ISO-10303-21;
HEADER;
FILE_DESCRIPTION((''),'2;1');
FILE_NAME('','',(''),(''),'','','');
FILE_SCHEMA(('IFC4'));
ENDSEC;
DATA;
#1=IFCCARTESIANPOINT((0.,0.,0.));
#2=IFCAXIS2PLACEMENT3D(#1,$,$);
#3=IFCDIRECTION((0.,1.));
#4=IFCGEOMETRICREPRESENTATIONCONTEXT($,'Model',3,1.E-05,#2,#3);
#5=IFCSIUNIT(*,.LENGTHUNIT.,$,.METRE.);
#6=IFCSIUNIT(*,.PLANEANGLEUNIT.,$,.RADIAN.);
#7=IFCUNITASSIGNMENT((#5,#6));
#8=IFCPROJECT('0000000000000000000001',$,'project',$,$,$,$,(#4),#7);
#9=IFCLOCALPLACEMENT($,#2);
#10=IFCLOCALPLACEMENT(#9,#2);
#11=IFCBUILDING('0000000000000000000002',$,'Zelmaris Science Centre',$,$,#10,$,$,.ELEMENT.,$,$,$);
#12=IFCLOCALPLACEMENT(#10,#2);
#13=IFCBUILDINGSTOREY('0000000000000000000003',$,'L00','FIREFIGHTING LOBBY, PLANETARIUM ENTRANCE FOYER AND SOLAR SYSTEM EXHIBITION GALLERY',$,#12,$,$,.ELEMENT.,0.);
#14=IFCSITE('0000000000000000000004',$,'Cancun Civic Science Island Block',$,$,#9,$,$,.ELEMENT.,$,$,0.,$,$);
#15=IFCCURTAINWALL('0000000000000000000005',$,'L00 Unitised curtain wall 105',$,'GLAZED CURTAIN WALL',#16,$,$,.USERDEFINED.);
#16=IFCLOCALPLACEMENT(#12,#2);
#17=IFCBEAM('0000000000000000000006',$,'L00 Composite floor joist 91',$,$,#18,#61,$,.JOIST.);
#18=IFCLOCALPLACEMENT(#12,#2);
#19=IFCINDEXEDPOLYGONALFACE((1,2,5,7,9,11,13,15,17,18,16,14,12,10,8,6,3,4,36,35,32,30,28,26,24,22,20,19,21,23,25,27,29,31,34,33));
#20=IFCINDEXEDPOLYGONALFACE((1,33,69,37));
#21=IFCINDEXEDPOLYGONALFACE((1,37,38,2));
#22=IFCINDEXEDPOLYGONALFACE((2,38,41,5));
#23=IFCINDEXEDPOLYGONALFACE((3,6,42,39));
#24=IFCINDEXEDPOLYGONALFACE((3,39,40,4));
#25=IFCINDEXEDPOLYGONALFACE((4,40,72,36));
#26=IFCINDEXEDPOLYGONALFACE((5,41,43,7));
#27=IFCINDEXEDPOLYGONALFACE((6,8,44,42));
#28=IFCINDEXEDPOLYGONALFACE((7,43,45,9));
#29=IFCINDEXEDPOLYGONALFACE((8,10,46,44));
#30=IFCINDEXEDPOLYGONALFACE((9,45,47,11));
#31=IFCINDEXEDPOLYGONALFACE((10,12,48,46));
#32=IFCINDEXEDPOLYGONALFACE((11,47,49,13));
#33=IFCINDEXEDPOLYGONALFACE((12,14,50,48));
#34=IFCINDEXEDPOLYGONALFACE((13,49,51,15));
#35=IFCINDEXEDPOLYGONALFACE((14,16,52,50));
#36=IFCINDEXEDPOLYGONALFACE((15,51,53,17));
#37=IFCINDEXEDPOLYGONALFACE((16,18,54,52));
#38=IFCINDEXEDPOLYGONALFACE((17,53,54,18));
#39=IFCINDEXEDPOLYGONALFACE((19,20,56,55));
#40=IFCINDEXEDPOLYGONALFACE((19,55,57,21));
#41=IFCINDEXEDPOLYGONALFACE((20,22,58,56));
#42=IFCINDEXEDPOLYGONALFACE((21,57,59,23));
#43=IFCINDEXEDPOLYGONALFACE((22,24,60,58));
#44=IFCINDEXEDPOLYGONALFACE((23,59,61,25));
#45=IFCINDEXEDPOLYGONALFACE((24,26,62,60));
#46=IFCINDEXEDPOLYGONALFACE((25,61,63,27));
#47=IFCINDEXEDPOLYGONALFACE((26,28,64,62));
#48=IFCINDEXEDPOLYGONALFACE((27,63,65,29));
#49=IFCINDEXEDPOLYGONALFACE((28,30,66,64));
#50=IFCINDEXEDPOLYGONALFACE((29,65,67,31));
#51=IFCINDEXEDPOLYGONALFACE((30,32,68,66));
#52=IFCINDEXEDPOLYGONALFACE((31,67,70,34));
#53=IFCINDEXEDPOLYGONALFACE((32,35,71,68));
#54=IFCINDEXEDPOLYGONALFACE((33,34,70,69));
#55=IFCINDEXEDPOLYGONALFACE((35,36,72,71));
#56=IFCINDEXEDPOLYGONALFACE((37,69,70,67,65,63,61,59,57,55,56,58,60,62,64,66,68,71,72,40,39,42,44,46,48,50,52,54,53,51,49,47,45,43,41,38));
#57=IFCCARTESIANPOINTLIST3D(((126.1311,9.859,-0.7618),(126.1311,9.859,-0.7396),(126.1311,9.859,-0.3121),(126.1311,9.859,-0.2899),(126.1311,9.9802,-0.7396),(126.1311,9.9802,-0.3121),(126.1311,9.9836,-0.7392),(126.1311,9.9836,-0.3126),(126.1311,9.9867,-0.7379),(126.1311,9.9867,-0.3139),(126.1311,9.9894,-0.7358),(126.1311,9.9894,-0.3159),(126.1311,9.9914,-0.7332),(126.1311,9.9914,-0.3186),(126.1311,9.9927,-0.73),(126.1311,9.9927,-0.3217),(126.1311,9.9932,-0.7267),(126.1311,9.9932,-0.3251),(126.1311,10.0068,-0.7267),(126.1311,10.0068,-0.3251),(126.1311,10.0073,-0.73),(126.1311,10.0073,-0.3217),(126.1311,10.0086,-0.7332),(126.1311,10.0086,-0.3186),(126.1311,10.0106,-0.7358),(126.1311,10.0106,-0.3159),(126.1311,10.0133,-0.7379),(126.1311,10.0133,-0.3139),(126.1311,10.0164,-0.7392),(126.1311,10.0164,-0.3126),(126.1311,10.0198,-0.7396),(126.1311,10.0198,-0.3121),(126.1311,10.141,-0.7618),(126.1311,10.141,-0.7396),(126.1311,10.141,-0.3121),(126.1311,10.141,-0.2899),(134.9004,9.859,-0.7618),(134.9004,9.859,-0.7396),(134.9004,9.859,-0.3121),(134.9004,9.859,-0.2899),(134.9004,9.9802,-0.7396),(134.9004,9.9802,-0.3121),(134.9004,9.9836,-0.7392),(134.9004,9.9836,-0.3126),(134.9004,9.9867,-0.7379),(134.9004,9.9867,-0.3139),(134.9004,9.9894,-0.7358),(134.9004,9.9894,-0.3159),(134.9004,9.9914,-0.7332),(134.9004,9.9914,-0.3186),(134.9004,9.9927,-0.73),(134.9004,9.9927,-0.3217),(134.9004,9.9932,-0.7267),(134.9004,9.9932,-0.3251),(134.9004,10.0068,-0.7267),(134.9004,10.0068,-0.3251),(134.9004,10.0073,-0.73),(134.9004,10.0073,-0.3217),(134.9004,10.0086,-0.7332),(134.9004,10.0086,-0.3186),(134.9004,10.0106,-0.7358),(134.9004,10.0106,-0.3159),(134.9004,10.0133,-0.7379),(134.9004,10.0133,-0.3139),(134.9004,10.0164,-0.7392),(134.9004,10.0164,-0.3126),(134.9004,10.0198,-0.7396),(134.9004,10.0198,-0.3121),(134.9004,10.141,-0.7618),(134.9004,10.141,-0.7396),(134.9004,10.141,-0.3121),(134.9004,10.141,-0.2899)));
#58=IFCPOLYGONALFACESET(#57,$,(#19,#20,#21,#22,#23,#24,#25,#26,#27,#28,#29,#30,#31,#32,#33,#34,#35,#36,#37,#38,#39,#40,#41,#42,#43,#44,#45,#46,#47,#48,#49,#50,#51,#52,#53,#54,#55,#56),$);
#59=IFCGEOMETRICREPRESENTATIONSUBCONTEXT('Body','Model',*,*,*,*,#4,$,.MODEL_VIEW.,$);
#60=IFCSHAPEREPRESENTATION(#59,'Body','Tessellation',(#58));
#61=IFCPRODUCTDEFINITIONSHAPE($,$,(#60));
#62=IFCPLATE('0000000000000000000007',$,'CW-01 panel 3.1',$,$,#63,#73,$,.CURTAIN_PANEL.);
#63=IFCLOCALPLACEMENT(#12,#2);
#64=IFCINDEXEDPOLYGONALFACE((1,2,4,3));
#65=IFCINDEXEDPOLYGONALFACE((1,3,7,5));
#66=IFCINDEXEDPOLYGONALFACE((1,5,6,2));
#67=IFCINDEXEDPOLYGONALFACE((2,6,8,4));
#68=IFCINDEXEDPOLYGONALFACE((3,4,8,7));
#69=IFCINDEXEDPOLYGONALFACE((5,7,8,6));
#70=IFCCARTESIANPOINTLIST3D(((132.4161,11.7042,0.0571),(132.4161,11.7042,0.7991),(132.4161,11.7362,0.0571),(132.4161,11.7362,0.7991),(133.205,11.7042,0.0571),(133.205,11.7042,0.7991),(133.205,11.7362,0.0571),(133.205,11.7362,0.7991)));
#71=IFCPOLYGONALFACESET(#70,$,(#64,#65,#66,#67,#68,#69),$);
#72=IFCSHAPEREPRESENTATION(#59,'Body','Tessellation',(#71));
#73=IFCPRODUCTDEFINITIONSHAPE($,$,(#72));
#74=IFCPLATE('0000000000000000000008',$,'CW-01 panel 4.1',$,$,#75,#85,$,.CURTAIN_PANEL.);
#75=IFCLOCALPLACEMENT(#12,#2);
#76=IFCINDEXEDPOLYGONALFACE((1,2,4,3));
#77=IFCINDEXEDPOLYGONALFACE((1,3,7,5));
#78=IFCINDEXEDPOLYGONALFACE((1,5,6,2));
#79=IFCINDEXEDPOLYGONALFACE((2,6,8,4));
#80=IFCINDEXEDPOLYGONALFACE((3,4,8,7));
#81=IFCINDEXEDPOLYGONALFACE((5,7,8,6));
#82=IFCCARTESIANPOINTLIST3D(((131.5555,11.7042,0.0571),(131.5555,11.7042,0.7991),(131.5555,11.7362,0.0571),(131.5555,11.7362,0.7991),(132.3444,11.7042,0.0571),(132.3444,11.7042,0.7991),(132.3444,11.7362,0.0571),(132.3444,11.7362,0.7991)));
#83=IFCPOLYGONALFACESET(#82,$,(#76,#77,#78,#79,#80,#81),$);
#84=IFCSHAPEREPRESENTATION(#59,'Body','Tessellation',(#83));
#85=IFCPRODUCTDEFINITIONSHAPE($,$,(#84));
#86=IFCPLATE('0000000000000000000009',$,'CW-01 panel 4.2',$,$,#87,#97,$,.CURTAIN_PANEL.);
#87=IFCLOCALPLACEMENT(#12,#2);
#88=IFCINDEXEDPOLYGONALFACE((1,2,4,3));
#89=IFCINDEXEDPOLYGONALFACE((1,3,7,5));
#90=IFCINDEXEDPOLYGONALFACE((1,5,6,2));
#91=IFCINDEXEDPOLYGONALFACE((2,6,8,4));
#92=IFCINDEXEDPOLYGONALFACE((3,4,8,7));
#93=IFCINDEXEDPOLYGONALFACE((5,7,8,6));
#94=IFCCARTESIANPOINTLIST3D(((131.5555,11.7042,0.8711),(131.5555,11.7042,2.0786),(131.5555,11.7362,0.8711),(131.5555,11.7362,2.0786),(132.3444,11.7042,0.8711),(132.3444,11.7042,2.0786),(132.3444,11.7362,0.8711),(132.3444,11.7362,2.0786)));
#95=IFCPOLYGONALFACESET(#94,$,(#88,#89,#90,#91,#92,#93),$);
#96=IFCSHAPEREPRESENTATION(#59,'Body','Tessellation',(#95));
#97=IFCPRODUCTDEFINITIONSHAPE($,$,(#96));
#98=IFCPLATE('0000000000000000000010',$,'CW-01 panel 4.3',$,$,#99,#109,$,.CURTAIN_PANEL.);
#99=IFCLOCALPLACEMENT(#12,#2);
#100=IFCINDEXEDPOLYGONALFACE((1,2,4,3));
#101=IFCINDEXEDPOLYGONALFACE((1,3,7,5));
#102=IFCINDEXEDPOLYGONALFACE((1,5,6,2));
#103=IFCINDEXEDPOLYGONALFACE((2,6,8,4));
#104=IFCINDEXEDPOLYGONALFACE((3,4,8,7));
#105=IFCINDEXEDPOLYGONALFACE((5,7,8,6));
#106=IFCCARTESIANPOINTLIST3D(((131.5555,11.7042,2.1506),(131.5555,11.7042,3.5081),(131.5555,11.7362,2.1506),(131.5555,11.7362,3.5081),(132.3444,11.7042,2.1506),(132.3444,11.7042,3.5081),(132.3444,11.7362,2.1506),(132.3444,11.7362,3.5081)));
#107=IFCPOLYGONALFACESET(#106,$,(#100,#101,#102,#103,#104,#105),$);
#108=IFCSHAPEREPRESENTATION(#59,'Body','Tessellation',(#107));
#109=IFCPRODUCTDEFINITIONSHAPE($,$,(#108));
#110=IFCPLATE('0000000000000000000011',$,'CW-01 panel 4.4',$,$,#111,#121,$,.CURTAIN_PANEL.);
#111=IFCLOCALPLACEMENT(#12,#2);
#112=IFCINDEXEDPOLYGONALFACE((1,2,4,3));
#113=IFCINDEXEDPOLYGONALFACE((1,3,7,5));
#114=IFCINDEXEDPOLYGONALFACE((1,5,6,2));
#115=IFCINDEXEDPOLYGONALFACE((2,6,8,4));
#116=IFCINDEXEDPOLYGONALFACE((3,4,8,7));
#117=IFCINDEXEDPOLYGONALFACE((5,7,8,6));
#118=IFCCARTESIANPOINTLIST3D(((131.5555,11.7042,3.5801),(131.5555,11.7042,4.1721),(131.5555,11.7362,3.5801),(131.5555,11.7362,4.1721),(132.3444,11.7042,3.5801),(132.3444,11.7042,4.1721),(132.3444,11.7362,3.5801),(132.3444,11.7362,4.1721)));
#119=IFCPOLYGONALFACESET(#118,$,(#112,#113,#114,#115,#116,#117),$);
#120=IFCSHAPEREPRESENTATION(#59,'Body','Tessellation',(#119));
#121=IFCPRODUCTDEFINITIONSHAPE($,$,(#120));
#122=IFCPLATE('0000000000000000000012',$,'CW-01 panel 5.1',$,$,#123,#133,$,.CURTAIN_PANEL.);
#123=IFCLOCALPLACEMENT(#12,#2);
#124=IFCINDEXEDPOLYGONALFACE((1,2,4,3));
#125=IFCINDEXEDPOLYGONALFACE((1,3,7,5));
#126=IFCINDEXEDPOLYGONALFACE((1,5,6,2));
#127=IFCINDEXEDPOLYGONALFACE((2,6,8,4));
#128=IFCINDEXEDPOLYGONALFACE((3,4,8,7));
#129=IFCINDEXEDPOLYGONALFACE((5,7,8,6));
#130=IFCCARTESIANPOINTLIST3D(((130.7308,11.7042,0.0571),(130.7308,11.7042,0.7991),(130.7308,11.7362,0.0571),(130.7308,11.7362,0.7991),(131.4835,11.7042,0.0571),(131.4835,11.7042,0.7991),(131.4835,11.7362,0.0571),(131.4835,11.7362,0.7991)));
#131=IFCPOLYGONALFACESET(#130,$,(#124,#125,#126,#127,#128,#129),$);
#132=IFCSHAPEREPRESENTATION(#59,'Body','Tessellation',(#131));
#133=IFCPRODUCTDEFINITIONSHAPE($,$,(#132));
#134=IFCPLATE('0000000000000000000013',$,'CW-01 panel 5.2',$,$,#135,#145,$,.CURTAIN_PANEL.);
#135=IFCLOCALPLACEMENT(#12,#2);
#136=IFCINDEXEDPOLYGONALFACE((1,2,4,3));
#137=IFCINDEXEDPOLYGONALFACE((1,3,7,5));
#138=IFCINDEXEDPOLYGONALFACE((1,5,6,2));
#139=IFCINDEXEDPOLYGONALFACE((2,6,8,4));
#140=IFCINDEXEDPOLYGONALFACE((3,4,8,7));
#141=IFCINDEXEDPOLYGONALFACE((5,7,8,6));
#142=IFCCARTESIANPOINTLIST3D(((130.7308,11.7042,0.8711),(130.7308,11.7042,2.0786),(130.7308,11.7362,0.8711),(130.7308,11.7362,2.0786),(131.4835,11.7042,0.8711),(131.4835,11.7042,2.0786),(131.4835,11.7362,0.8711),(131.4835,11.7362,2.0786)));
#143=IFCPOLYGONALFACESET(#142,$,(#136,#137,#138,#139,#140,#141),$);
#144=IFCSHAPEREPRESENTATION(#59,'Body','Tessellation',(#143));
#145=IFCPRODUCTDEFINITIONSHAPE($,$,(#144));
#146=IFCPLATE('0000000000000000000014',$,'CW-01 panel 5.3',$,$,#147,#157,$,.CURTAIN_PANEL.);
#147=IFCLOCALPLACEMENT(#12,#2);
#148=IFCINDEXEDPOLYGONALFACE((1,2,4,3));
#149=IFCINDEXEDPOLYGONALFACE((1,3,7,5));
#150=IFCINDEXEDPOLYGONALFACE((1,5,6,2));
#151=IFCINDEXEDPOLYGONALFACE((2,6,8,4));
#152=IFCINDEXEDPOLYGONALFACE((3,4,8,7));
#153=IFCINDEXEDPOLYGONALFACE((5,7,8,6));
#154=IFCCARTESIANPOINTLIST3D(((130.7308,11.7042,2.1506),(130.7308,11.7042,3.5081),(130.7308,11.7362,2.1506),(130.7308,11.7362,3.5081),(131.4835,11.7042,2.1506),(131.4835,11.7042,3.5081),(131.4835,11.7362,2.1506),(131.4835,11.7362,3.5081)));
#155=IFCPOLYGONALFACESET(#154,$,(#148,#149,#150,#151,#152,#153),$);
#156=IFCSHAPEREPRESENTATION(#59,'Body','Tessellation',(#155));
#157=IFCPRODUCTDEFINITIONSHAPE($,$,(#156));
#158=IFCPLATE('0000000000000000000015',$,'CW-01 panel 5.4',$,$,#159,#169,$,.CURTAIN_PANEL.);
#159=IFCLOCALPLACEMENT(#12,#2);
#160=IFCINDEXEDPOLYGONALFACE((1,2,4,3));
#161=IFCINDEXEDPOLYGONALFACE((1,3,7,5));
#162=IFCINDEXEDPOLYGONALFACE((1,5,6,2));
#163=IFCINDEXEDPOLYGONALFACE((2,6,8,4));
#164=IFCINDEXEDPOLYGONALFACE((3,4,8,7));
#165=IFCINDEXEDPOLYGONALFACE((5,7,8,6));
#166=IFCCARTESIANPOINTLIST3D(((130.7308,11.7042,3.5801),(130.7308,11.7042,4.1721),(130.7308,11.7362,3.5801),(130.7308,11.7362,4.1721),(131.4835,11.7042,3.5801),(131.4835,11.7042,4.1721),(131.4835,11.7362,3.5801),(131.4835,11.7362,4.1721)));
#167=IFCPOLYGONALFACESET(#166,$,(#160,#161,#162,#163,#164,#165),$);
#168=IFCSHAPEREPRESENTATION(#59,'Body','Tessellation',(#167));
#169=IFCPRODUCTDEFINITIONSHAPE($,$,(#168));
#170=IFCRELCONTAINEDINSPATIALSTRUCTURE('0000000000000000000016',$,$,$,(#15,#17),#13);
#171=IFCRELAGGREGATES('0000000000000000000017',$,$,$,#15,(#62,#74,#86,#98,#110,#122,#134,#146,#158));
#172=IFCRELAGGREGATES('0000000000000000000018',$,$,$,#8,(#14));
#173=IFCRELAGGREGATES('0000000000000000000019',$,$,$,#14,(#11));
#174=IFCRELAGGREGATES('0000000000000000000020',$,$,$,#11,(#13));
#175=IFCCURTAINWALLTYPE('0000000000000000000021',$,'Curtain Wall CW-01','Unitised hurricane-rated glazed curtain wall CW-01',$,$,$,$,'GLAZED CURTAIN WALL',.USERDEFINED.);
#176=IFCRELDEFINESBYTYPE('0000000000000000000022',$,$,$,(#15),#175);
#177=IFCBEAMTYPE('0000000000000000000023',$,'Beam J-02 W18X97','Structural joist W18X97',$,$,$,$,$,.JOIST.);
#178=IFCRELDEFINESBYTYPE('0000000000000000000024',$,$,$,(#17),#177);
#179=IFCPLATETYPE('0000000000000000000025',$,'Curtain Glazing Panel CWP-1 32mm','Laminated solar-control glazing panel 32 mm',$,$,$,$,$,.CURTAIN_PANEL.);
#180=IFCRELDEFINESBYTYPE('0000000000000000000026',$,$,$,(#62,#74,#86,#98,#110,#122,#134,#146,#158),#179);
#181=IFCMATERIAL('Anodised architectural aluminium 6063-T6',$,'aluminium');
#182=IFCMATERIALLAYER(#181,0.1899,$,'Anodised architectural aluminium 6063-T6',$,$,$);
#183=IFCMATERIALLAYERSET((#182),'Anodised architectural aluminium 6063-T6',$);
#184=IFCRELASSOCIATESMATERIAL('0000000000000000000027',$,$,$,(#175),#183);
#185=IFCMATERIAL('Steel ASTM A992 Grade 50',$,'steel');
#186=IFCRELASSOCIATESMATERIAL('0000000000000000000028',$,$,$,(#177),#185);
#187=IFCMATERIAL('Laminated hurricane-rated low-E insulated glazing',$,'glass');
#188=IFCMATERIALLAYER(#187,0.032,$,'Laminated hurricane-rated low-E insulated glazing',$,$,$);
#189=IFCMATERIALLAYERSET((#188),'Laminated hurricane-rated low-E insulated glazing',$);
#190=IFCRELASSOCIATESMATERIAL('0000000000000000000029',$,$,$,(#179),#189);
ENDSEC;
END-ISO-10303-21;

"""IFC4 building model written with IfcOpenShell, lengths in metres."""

from ifc_helpers import new_model, si_unit, direction, frame, origin, origin_2d, place, context, subcontext, project, spatial, rectangle, i_section, extrude, material, layer, layer_set, material_profile, profile_set, type_object, element, aggregate, save


model = new_model("IFC4")

# Units and contexts
model_context = context("Model", 3, precision=1e-05, world=origin(), true_north=direction((0.0, 1.0)))
body_context = subcontext(model_context, "Body", "Model", "MODEL_VIEW")
ifc_project = project(units=[si_unit("LENGTHUNIT", "METRE"), si_unit("PLANEANGLEUNIT", "RADIAN")], contexts=[model_context])

# Site, building, storey
site_placement = place(None, origin())
site = spatial("IfcSite", under=ifc_project, at=site_placement, Name="Cancun Civic Science Island Block", CompositionType="ELEMENT", RefElevation=0.0)
building_placement = place(site_placement, origin())
building = spatial("IfcBuilding", under=site, at=building_placement, Name="Zelmaris Science Centre", CompositionType="ELEMENT")
storey_placement = place(building_placement, origin())
storey = spatial("IfcBuildingStorey", under=building, at=storey_placement, Name="L00", Description="FIREFIGHTING LOBBY, PLANETARIUM ENTRANCE FOYER AND SOLAR SYSTEM EXHIBITION GALLERY", CompositionType="ELEMENT", Elevation=0.0)

# Shared definitions
ifc_material_1 = material(Name="Anodised architectural aluminium 6063-T6", Category="aluminium")

# Curtain wall
ifc_layer_1 = layer(ifc_material_1, 0.1899, Name="Anodised architectural aluminium 6063-T6")
ifc_layer_set_1 = layer_set([ifc_layer_1], Name="Anodised architectural aluminium 6063-T6")
curtain_wall_type_1 = type_object("IfcCurtainWallType", Name="Curtain Wall CW-01", Description="Unitised hurricane-rated glazed curtain wall CW-01", ElementType="GLAZED CURTAIN WALL", PredefinedType="USERDEFINED", material=ifc_layer_set_1)
curtain_wall_1_placement = place(storey_placement, origin())
curtain_wall_1 = element("IfcCurtainWall", 1, at=curtain_wall_1_placement, inside=storey, type_object=curtain_wall_type_1, Name="L00 Unitised curtain wall 105", ObjectType="GLAZED CURTAIN WALL", PredefinedType="USERDEFINED")

# Beam
ifc_material_2 = material(Name="Steel ASTM A992 Grade 50", Category="steel")
ifc_material_profile_1 = material_profile(ifc_material_2, i_section(OverallWidth=0.282, OverallDepth=0.4719, WebThickness=0.0137, FlangeThickness=0.0222, FilletRadius=0.0129, at=origin_2d()), Name="W18X97")
ifc_profile_set_1 = profile_set([ifc_material_profile_1], Name="Steel ASTM A992 Grade 50")
beam_type_1 = type_object("IfcBeamType", Name="Beam J-02 W18X97", Description="Structural joist W18X97", PredefinedType="JOIST", material=ifc_profile_set_1)
beam_1_placement = place(storey_placement, frame((126.1311, 10.0, -0.5259), z_axis=(1.0, 0.0, 0.0), x_axis=(0.0, 1.0, 0.0)))
element("IfcBeam", 2, at=beam_1_placement, inside=storey, type_object=beam_type_1, Name="L00 Composite floor joist 91", PredefinedType="JOIST", context=body_context, shape_type="SweptSolid", body=[
    extrude(i_section(OverallWidth=0.282, OverallDepth=0.4719, WebThickness=0.0137, FlangeThickness=0.0222, FilletRadius=0.0129, at=origin_2d()), origin(), (0.0, 0.0, 1.0), 8.7693),
])

# Plates
ifc_material_3 = material(Name="Laminated hurricane-rated low-E insulated glazing", Category="glass")
ifc_layer_2 = layer(ifc_material_3, 0.032, Name="Laminated hurricane-rated low-E insulated glazing")
ifc_layer_set_2 = layer_set([ifc_layer_2], Name="Laminated hurricane-rated low-E insulated glazing")
plate_type = type_object("IfcPlateType", Name="Curtain Glazing Panel CWP-1 32mm", Description="Laminated solar-control glazing panel 32 mm", PredefinedType="CURTAIN_PANEL", material=ifc_layer_set_2)
plate_1_placement = place(storey_placement, frame((132.8105, 11.7202, 0.0571), z_axis=(0.0, 0.0, 1.0), x_axis=(-1.0, 0.0, 0.0)))
plate_1 = element("IfcPlate", 3, at=plate_1_placement, type_object=plate_type, Name="CW-01 panel 3.1", PredefinedType="CURTAIN_PANEL", context=body_context, shape_type="SweptSolid", body=[
    extrude(rectangle(XDim=0.7888, YDim=0.032, at=origin_2d()), origin(), (0.0, 0.0, 1.0), 0.7419),
])
plate_2_placement = place(storey_placement, frame((131.95, 11.7202, 0.0571), z_axis=(0.0, 0.0, 1.0), x_axis=(-1.0, 0.0, 0.0)))
plate_2 = element("IfcPlate", 4, at=plate_2_placement, type_object=plate_type, Name="CW-01 panel 4.1", PredefinedType="CURTAIN_PANEL", context=body_context, shape_type="SweptSolid", body=[
    extrude(rectangle(XDim=0.7888, YDim=0.032, at=origin_2d()), origin(), (0.0, 0.0, 1.0), 0.7419),
])
plate_3_placement = place(storey_placement, frame((131.95, 11.7202, 0.8711), z_axis=(0.0, 0.0, 1.0), x_axis=(-1.0, 0.0, 0.0)))
plate_3 = element("IfcPlate", 5, at=plate_3_placement, type_object=plate_type, Name="CW-01 panel 4.2", PredefinedType="CURTAIN_PANEL", context=body_context, shape_type="SweptSolid", body=[
    extrude(rectangle(XDim=0.7888, YDim=0.032, at=origin_2d()), origin(), (0.0, 0.0, 1.0), 1.2075),
])
plate_4_placement = place(storey_placement, frame((131.95, 11.7202, 2.1506), z_axis=(0.0, 0.0, 1.0), x_axis=(-1.0, 0.0, 0.0)))
plate_4 = element("IfcPlate", 6, at=plate_4_placement, type_object=plate_type, Name="CW-01 panel 4.3", PredefinedType="CURTAIN_PANEL", context=body_context, shape_type="SweptSolid", body=[
    extrude(rectangle(XDim=0.7888, YDim=0.032, at=origin_2d()), origin(), (0.0, 0.0, 1.0), 1.3574),
])
plate_5_placement = place(storey_placement, frame((131.95, 11.7202, 3.5801), z_axis=(0.0, 0.0, 1.0), x_axis=(-1.0, 0.0, 0.0)))
plate_5 = element("IfcPlate", 7, at=plate_5_placement, type_object=plate_type, Name="CW-01 panel 4.4", PredefinedType="CURTAIN_PANEL", context=body_context, shape_type="SweptSolid", body=[
    extrude(rectangle(XDim=0.7888, YDim=0.032, at=origin_2d()), origin(), (0.0, 0.0, 1.0), 0.592),
])
plate_6_placement = place(storey_placement, frame((131.1072, 11.7202, 0.0571), z_axis=(0.0, 0.0, 1.0), x_axis=(-1.0, 0.0, 0.0)))
plate_6 = element("IfcPlate", 8, at=plate_6_placement, type_object=plate_type, Name="CW-01 panel 5.1", PredefinedType="CURTAIN_PANEL", context=body_context, shape_type="SweptSolid", body=[
    extrude(rectangle(XDim=0.7527, YDim=0.032, at=origin_2d()), origin(), (0.0, 0.0, 1.0), 0.7419),
])
plate_7_placement = place(storey_placement, frame((131.1072, 11.7202, 0.8711), z_axis=(0.0, 0.0, 1.0), x_axis=(-1.0, 0.0, 0.0)))
plate_7 = element("IfcPlate", 9, at=plate_7_placement, type_object=plate_type, Name="CW-01 panel 5.2", PredefinedType="CURTAIN_PANEL", context=body_context, shape_type="SweptSolid", body=[
    extrude(rectangle(XDim=0.7527, YDim=0.032, at=origin_2d()), origin(), (0.0, 0.0, 1.0), 1.2075),
])
plate_8_placement = place(storey_placement, frame((131.1072, 11.7202, 2.1506), z_axis=(0.0, 0.0, 1.0), x_axis=(-1.0, 0.0, 0.0)))
plate_8 = element("IfcPlate", 10, at=plate_8_placement, type_object=plate_type, Name="CW-01 panel 5.3", PredefinedType="CURTAIN_PANEL", context=body_context, shape_type="SweptSolid", body=[
    extrude(rectangle(XDim=0.7527, YDim=0.032, at=origin_2d()), origin(), (0.0, 0.0, 1.0), 1.3574),
])
plate_9_placement = place(storey_placement, frame((131.1072, 11.7202, 3.5801), z_axis=(0.0, 0.0, 1.0), x_axis=(-1.0, 0.0, 0.0)))
plate_9 = element("IfcPlate", 11, at=plate_9_placement, type_object=plate_type, Name="CW-01 panel 5.4", PredefinedType="CURTAIN_PANEL", context=body_context, shape_type="SweptSolid", body=[
    extrude(rectangle(XDim=0.7527, YDim=0.032, at=origin_2d()), origin(), (0.0, 0.0, 1.0), 0.592),
])
aggregate(curtain_wall_1, [plate_1, plate_2, plate_3, plate_4, plate_5, plate_6, plate_7, plate_8, plate_9])

save(model, "model.ifc")
